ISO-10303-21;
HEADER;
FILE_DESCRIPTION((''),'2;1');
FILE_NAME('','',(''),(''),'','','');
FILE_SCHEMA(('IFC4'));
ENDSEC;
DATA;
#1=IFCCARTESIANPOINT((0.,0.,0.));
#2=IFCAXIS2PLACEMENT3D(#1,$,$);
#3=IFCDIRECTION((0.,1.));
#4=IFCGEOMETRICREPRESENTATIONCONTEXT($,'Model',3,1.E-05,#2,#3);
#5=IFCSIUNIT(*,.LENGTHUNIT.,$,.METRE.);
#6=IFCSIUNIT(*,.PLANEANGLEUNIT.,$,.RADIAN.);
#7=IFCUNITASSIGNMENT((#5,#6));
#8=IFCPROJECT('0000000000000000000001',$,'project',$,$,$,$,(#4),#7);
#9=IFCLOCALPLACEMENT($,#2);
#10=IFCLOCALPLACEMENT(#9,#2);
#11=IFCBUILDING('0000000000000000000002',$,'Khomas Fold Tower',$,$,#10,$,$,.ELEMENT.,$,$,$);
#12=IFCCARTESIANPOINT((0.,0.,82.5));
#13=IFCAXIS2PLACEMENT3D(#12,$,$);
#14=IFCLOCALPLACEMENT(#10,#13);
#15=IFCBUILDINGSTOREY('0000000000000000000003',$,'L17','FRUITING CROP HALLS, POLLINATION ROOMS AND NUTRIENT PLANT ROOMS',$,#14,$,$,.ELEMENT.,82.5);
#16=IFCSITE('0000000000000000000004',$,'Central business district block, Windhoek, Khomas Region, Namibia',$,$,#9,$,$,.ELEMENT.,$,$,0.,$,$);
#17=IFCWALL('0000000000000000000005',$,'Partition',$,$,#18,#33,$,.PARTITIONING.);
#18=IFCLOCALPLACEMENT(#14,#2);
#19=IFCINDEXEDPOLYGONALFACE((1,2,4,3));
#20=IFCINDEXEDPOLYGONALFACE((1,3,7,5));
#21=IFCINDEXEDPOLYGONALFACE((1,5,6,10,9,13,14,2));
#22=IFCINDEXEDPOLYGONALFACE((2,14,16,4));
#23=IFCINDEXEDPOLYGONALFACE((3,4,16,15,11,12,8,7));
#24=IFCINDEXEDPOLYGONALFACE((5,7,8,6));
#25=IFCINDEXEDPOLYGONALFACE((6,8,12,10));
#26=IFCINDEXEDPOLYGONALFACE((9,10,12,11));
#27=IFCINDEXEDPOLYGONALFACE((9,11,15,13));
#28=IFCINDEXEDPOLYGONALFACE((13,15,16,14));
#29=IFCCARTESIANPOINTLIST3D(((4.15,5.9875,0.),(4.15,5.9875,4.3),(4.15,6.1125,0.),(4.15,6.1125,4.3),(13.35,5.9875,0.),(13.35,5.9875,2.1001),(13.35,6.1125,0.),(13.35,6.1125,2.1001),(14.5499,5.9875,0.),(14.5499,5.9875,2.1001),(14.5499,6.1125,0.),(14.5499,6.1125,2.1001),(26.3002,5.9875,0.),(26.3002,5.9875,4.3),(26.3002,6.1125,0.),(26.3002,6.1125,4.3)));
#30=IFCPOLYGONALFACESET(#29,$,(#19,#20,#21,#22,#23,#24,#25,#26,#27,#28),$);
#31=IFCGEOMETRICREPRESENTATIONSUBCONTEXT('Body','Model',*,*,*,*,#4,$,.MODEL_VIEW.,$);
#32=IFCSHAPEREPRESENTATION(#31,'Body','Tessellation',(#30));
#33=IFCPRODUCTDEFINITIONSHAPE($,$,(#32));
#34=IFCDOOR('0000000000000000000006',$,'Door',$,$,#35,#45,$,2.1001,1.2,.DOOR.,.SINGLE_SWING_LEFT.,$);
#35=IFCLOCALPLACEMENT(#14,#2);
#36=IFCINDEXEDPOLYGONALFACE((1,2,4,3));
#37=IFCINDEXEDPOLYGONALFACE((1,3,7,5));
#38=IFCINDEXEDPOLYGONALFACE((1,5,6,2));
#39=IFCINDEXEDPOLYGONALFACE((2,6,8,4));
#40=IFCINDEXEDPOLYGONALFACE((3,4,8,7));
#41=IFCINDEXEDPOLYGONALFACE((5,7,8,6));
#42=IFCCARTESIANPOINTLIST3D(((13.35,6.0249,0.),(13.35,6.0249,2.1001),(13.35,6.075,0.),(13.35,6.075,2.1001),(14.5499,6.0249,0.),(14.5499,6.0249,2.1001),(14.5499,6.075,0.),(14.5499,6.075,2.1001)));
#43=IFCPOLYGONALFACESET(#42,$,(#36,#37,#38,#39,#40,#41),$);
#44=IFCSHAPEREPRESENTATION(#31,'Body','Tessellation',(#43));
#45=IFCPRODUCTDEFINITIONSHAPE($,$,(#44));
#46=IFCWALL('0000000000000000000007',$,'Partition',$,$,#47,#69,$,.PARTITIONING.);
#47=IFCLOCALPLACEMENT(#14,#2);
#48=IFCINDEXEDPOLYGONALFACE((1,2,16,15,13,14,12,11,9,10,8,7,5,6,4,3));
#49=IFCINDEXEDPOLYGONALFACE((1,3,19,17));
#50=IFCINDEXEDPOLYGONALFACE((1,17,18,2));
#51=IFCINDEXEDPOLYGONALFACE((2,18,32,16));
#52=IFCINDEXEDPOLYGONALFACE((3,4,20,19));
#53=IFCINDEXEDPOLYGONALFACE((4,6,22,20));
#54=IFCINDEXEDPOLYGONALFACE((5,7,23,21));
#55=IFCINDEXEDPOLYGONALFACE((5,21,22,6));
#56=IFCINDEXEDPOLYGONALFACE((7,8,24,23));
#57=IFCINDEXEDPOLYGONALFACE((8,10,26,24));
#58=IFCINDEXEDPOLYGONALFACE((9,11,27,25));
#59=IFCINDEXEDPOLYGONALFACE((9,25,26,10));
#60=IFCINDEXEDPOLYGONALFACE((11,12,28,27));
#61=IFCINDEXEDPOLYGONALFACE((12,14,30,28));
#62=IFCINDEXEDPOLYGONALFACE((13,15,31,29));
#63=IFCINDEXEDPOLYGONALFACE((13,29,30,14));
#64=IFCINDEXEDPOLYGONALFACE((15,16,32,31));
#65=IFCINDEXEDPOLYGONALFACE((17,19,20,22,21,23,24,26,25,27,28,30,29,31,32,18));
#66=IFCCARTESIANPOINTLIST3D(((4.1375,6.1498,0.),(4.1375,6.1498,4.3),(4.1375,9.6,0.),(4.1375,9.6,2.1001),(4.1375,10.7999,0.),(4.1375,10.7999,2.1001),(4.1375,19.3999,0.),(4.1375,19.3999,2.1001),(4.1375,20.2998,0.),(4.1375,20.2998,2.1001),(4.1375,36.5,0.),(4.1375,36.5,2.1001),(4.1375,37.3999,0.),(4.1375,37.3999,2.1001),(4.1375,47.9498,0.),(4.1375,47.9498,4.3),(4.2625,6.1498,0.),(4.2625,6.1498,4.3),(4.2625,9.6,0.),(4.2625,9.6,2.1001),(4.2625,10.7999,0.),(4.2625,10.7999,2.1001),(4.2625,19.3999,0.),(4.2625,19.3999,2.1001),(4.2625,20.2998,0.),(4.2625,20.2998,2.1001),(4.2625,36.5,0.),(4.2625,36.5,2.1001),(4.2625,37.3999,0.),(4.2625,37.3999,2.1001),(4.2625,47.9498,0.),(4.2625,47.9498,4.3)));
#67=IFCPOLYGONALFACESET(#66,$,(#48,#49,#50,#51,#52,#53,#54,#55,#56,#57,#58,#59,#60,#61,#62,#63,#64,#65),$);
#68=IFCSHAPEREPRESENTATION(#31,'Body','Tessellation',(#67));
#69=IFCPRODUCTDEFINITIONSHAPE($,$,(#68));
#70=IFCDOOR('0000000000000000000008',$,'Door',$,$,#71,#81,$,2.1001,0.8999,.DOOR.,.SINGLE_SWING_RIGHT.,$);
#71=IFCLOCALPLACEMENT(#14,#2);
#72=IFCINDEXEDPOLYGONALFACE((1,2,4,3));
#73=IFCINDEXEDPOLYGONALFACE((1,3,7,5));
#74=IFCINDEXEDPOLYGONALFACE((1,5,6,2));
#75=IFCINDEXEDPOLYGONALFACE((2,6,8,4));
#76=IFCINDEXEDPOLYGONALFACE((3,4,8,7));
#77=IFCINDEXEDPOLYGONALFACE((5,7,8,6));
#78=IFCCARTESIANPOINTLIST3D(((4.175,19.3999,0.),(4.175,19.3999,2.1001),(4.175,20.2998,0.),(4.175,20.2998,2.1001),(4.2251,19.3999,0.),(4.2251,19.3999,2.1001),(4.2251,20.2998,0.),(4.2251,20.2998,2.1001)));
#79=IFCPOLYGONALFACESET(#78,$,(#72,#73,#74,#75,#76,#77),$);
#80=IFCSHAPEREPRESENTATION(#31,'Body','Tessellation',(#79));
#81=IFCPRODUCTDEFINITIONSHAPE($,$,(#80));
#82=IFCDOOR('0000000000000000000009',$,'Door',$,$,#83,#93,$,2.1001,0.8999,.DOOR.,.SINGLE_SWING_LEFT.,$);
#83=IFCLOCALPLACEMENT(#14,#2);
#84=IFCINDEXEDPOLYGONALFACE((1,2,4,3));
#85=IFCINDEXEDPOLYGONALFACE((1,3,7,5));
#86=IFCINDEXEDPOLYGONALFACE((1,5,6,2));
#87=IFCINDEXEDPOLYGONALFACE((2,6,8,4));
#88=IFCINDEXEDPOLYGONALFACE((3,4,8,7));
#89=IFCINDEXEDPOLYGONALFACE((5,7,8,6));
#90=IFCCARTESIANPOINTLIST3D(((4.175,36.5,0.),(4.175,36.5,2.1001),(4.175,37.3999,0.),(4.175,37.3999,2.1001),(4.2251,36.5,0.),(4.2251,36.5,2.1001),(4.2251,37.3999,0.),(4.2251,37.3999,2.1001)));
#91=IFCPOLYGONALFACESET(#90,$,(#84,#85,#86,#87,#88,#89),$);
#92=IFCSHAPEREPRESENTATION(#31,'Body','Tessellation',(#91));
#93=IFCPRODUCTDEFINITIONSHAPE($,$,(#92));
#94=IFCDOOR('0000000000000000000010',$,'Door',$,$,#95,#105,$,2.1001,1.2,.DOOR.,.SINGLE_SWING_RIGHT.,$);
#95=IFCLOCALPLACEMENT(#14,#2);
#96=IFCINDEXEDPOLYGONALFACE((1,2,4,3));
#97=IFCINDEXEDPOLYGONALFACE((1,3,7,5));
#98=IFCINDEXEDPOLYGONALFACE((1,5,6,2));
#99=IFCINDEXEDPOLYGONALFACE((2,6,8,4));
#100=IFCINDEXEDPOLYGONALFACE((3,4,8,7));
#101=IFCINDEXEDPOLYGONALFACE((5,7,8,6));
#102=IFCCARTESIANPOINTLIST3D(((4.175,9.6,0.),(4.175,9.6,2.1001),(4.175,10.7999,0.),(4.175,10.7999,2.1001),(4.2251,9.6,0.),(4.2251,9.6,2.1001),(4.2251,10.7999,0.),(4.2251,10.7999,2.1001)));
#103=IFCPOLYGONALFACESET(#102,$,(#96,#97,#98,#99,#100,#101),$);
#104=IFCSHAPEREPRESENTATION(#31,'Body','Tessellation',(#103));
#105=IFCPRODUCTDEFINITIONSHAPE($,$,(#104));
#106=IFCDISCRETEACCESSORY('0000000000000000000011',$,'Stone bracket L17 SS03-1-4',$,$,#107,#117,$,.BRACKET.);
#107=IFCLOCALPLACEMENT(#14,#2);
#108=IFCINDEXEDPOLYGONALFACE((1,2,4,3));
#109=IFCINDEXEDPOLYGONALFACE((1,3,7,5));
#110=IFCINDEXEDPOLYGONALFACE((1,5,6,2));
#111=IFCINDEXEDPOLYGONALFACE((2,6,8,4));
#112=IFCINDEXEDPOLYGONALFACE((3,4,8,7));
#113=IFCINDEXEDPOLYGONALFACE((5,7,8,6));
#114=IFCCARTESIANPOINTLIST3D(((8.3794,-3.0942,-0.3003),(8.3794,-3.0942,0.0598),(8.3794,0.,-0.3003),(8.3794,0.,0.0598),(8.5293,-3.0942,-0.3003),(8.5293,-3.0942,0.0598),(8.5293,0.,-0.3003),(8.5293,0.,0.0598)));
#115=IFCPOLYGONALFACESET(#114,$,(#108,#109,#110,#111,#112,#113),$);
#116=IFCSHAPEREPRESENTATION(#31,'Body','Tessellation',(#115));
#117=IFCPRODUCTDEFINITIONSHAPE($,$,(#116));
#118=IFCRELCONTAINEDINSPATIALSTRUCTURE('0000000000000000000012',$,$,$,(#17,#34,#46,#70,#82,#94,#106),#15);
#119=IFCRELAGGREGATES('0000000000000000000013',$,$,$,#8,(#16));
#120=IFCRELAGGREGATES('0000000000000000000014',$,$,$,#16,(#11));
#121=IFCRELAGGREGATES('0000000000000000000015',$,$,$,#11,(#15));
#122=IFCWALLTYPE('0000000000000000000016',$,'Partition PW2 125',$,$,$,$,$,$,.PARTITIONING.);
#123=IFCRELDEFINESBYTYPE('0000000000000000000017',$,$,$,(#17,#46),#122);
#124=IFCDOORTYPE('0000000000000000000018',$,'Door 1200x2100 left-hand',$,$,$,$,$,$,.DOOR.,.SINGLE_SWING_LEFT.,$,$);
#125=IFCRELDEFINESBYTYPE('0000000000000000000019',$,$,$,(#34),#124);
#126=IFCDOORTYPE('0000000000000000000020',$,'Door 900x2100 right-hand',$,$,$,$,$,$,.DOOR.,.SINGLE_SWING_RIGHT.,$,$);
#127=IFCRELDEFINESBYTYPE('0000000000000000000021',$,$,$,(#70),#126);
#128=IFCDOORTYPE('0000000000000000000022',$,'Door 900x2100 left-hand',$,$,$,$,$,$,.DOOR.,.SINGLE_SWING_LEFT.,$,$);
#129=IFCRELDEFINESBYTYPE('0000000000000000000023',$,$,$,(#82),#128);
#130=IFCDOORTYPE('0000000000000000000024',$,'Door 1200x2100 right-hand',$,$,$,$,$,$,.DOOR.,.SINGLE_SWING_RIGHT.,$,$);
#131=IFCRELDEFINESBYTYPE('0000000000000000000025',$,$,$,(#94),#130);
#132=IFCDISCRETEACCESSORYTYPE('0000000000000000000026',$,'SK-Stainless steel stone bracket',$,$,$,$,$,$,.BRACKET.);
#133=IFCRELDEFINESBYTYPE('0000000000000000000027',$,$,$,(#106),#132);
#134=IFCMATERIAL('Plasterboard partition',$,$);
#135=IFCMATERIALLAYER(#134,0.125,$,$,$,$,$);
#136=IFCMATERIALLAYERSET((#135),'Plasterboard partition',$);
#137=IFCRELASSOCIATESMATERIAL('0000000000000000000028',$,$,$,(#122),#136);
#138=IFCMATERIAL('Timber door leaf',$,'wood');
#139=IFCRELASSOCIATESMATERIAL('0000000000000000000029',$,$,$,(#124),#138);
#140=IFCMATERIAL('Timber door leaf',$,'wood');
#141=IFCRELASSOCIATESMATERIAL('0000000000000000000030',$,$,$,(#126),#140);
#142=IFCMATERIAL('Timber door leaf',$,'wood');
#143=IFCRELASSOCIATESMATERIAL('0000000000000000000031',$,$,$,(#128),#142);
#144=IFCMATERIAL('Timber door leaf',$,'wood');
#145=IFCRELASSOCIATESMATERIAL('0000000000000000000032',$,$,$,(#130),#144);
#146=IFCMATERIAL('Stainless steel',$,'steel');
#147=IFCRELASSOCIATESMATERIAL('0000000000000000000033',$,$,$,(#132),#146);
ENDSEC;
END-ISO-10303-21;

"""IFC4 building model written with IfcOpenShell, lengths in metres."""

from ifc_helpers import new_model, si_unit, direction, frame, frame_2d, origin, origin_2d, place, context, subcontext, project, spatial, rectangle, extrude, source, transform, mapped, material, layer, layer_set, type_object, element, fill, save


model = new_model("IFC4")

# Units and contexts
model_context = context("Model", 3, precision=1e-05, world=origin(), true_north=direction((0.0, 1.0)))
body_context = subcontext(model_context, "Body", "Model", "MODEL_VIEW")
ifc_project = project(units=[si_unit("LENGTHUNIT", "METRE"), si_unit("PLANEANGLEUNIT", "RADIAN")], contexts=[model_context])

# Site, building, storey
site_placement = place(None, origin())
site = spatial("IfcSite", under=ifc_project, at=site_placement, Name="Central business district block, Windhoek, Khomas Region, Namibia", CompositionType="ELEMENT", RefElevation=0.0)
building_placement = place(site_placement, origin())
building = spatial("IfcBuilding", under=site, at=building_placement, Name="Khomas Fold Tower", CompositionType="ELEMENT")
storey_placement = place(building_placement, frame((0.0, 0.0, 82.5)))
storey = spatial("IfcBuildingStorey", under=building, at=storey_placement, Name="L17", Description="FRUITING CROP HALLS, POLLINATION ROOMS AND NUTRIENT PLANT ROOMS", CompositionType="ELEMENT", Elevation=82.5)

# Wall, opening, door
ifc_material_1 = material(Name="Plasterboard partition")
ifc_layer_1 = layer(ifc_material_1, 0.125)
ifc_layer_set_1 = layer_set([ifc_layer_1], Name="Plasterboard partition")
wall_type_1 = type_object("IfcWallType", Name="Partition PW2 125", PredefinedType="PARTITIONING", material=ifc_layer_set_1)
shared_shape_1 = source(origin(), body_context, "Body", "SweptSolid", [
    extrude(rectangle(XDim=22.1501, YDim=0.125, at=frame_2d((11.0752, 0.0))), origin(), (0.0, 0.0, 1.0), 4.3),
])
wall_1_placement = place(storey_placement, frame((4.1499, 6.05, 0.0), z_axis=(0.0, 0.0, 1.0), x_axis=(1.0, 0.0, 0.0)))
wall_1 = element("IfcWall", 1, at=wall_1_placement, inside=storey, type_object=wall_type_1, Name="Partition", PredefinedType="PARTITIONING", context=body_context, shape_type="MappedRepresentation", body=[
    mapped(shared_shape_1, transform((0.0, 0.0, 0.0))),
])
shared_shape_2 = source(origin(), body_context, "Body", "SweptSolid", [
    extrude(rectangle(XDim=1.2, YDim=2.1001, at=frame_2d((0.6001, 1.05))), frame((0.0, 0.0725, 0.0), z_axis=(0.0, -1.0, 0.0), x_axis=(1.0, 0.0, 0.0)), (0.0, 0.0, 1.0), 0.145),
])
opening_1_placement = place(wall_1_placement, frame((9.2, 0.0, 0.0)))
opening_1 = element("IfcOpeningElement", 2, at=opening_1_placement, cuts=wall_1, PredefinedType="OPENING", context=body_context, shape_type="MappedRepresentation", body=[
    mapped(shared_shape_2, transform((0.0, 0.0, 0.0))),
])
ifc_material_2 = material(Name="Timber door leaf", Category="wood")
door_type_1 = type_object("IfcDoorType", Name="Door 1200x2100 left-hand", OperationType="SINGLE_SWING_LEFT", PredefinedType="DOOR", material=ifc_material_2)
shared_shape_3 = source(origin(), body_context, "Body", "SweptSolid", [
    extrude(rectangle(XDim=1.2, YDim=2.1001, at=frame_2d((0.6001, 1.05))), frame((0.0, 0.0249, 0.0), z_axis=(0.0, -1.0, 0.0), x_axis=(1.0, 0.0, 0.0)), (0.0, 0.0, 1.0), 0.05),
])
door_1_placement = place(opening_1_placement, origin())
door_1 = element("IfcDoor", 3, at=door_1_placement, inside=storey, type_object=door_type_1, Name="Door", OperationType="SINGLE_SWING_LEFT", OverallHeight=2.1001, OverallWidth=1.2, PredefinedType="DOOR", context=body_context, shape_type="MappedRepresentation", body=[
    mapped(shared_shape_3, transform((0.0, 0.0, 0.0))),
])
fill(opening_1, door_1)

# Wall, openings, doors
shared_shape_4 = source(origin(), body_context, "Body", "SweptSolid", [
    extrude(rectangle(XDim=41.8, YDim=0.125, at=frame_2d((20.8999, 0.0))), origin(), (0.0, 0.0, 1.0), 4.3),
])
wall_2_placement = place(storey_placement, frame((4.2, 6.1499, 0.0), z_axis=(0.0, 0.0, 1.0), x_axis=(0.0, 1.0, 0.0)))
wall_2 = element("IfcWall", 4, at=wall_2_placement, inside=storey, type_object=wall_type_1, Name="Partition", PredefinedType="PARTITIONING", context=body_context, shape_type="MappedRepresentation", body=[
    mapped(shared_shape_4, transform((0.0, 0.0, 0.0))),
])
opening_2_placement = place(wall_2_placement, frame((3.45, 0.0, 0.0)))
opening_2 = element("IfcOpeningElement", 5, at=opening_2_placement, cuts=wall_2, PredefinedType="OPENING", context=body_context, shape_type="MappedRepresentation", body=[
    mapped(shared_shape_2, transform((0.0, 0.0, 0.0))),
])
shared_shape_5 = source(origin(), body_context, "Body", "SweptSolid", [
    extrude(rectangle(XDim=0.8999, YDim=2.1001, at=frame_2d((0.45, 1.05))), frame((0.0, 0.0725, 0.0), z_axis=(0.0, -1.0, 0.0), x_axis=(1.0, 0.0, 0.0)), (0.0, 0.0, 1.0), 0.145),
])
opening_3_placement = place(wall_2_placement, frame((13.25, 0.0, 0.0)))
opening_3 = element("IfcOpeningElement", 6, at=opening_3_placement, cuts=wall_2, PredefinedType="OPENING", context=body_context, shape_type="MappedRepresentation", body=[
    mapped(shared_shape_5, transform((0.0, 0.0, 0.0))),
])
opening_4_placement = place(wall_2_placement, frame((30.3501, 0.0, 0.0)))
opening_4 = element("IfcOpeningElement", 7, at=opening_4_placement, cuts=wall_2, PredefinedType="OPENING", context=body_context, shape_type="MappedRepresentation", body=[
    mapped(shared_shape_5, transform((0.0, 0.0, 0.0))),
])
ifc_material_3 = material(Name="Timber door leaf", Category="wood")
door_type_2 = type_object("IfcDoorType", Name="Door 900x2100 right-hand", OperationType="SINGLE_SWING_RIGHT", PredefinedType="DOOR", material=ifc_material_3)
shared_shape_6 = source(origin(), body_context, "Body", "SweptSolid", [
    extrude(rectangle(XDim=0.8999, YDim=2.1001, at=frame_2d((0.45, 1.05))), frame((0.0, 0.0249, 0.0), z_axis=(0.0, -1.0, 0.0), x_axis=(1.0, 0.0, 0.0)), (0.0, 0.0, 1.0), 0.05),
])
door_2_placement = place(opening_3_placement, origin())
door_2 = element("IfcDoor", 8, at=door_2_placement, inside=storey, type_object=door_type_2, Name="Door", OperationType="SINGLE_SWING_RIGHT", OverallHeight=2.1001, OverallWidth=0.8999, PredefinedType="DOOR", context=body_context, shape_type="MappedRepresentation", body=[
    mapped(shared_shape_6, transform((0.0, 0.0, 0.0))),
])
fill(opening_3, door_2)
ifc_material_4 = material(Name="Timber door leaf", Category="wood")
door_type_3 = type_object("IfcDoorType", Name="Door 900x2100 left-hand", OperationType="SINGLE_SWING_LEFT", PredefinedType="DOOR", material=ifc_material_4)
door_3_placement = place(opening_4_placement, origin())
door_3 = element("IfcDoor", 9, at=door_3_placement, inside=storey, type_object=door_type_3, Name="Door", OperationType="SINGLE_SWING_LEFT", OverallHeight=2.1001, OverallWidth=0.8999, PredefinedType="DOOR", context=body_context, shape_type="MappedRepresentation", body=[
    mapped(shared_shape_6, transform((0.0, 0.0, 0.0))),
])
fill(opening_4, door_3)
ifc_material_5 = material(Name="Timber door leaf", Category="wood")
door_type_4 = type_object("IfcDoorType", Name="Door 1200x2100 right-hand", OperationType="SINGLE_SWING_RIGHT", PredefinedType="DOOR", material=ifc_material_5)
door_4_placement = place(opening_2_placement, origin())
door_4 = element("IfcDoor", 10, at=door_4_placement, inside=storey, type_object=door_type_4, Name="Door", OperationType="SINGLE_SWING_RIGHT", OverallHeight=2.1001, OverallWidth=1.2, PredefinedType="DOOR", context=body_context, shape_type="MappedRepresentation", body=[
    mapped(shared_shape_3, transform((0.0, 0.0, 0.0))),
])
fill(opening_2, door_4)

# Discrete accessory
ifc_material_6 = material(Name="Stainless steel", Category="steel")
discrete_accessory_type = type_object("IfcDiscreteAccessoryType", Name="SK-Stainless steel stone bracket", PredefinedType="BRACKET", material=ifc_material_6)
shared_shape_7 = source(origin(), body_context, "Body", "SweptSolid", [
    extrude(rectangle(XDim=3.0942, YDim=0.1499, at=origin_2d()), origin(), (0.0, 0.0, 1.0), 0.3601),
])
discrete_accessory_placement = place(storey_placement, frame((8.4543, -1.5471, -0.3003), z_axis=(0.0, 0.0, 1.0), x_axis=(0.0, -1.0, 0.0)))
element("IfcDiscreteAccessory", 11, at=discrete_accessory_placement, inside=storey, type_object=discrete_accessory_type, Name="Stone bracket L17 SS03-1-4", PredefinedType="BRACKET", context=body_context, shape_type="MappedRepresentation", body=[
    mapped(shared_shape_7, transform((0.0, 0.0, 0.0))),
])

save(model, "model.ifc")
